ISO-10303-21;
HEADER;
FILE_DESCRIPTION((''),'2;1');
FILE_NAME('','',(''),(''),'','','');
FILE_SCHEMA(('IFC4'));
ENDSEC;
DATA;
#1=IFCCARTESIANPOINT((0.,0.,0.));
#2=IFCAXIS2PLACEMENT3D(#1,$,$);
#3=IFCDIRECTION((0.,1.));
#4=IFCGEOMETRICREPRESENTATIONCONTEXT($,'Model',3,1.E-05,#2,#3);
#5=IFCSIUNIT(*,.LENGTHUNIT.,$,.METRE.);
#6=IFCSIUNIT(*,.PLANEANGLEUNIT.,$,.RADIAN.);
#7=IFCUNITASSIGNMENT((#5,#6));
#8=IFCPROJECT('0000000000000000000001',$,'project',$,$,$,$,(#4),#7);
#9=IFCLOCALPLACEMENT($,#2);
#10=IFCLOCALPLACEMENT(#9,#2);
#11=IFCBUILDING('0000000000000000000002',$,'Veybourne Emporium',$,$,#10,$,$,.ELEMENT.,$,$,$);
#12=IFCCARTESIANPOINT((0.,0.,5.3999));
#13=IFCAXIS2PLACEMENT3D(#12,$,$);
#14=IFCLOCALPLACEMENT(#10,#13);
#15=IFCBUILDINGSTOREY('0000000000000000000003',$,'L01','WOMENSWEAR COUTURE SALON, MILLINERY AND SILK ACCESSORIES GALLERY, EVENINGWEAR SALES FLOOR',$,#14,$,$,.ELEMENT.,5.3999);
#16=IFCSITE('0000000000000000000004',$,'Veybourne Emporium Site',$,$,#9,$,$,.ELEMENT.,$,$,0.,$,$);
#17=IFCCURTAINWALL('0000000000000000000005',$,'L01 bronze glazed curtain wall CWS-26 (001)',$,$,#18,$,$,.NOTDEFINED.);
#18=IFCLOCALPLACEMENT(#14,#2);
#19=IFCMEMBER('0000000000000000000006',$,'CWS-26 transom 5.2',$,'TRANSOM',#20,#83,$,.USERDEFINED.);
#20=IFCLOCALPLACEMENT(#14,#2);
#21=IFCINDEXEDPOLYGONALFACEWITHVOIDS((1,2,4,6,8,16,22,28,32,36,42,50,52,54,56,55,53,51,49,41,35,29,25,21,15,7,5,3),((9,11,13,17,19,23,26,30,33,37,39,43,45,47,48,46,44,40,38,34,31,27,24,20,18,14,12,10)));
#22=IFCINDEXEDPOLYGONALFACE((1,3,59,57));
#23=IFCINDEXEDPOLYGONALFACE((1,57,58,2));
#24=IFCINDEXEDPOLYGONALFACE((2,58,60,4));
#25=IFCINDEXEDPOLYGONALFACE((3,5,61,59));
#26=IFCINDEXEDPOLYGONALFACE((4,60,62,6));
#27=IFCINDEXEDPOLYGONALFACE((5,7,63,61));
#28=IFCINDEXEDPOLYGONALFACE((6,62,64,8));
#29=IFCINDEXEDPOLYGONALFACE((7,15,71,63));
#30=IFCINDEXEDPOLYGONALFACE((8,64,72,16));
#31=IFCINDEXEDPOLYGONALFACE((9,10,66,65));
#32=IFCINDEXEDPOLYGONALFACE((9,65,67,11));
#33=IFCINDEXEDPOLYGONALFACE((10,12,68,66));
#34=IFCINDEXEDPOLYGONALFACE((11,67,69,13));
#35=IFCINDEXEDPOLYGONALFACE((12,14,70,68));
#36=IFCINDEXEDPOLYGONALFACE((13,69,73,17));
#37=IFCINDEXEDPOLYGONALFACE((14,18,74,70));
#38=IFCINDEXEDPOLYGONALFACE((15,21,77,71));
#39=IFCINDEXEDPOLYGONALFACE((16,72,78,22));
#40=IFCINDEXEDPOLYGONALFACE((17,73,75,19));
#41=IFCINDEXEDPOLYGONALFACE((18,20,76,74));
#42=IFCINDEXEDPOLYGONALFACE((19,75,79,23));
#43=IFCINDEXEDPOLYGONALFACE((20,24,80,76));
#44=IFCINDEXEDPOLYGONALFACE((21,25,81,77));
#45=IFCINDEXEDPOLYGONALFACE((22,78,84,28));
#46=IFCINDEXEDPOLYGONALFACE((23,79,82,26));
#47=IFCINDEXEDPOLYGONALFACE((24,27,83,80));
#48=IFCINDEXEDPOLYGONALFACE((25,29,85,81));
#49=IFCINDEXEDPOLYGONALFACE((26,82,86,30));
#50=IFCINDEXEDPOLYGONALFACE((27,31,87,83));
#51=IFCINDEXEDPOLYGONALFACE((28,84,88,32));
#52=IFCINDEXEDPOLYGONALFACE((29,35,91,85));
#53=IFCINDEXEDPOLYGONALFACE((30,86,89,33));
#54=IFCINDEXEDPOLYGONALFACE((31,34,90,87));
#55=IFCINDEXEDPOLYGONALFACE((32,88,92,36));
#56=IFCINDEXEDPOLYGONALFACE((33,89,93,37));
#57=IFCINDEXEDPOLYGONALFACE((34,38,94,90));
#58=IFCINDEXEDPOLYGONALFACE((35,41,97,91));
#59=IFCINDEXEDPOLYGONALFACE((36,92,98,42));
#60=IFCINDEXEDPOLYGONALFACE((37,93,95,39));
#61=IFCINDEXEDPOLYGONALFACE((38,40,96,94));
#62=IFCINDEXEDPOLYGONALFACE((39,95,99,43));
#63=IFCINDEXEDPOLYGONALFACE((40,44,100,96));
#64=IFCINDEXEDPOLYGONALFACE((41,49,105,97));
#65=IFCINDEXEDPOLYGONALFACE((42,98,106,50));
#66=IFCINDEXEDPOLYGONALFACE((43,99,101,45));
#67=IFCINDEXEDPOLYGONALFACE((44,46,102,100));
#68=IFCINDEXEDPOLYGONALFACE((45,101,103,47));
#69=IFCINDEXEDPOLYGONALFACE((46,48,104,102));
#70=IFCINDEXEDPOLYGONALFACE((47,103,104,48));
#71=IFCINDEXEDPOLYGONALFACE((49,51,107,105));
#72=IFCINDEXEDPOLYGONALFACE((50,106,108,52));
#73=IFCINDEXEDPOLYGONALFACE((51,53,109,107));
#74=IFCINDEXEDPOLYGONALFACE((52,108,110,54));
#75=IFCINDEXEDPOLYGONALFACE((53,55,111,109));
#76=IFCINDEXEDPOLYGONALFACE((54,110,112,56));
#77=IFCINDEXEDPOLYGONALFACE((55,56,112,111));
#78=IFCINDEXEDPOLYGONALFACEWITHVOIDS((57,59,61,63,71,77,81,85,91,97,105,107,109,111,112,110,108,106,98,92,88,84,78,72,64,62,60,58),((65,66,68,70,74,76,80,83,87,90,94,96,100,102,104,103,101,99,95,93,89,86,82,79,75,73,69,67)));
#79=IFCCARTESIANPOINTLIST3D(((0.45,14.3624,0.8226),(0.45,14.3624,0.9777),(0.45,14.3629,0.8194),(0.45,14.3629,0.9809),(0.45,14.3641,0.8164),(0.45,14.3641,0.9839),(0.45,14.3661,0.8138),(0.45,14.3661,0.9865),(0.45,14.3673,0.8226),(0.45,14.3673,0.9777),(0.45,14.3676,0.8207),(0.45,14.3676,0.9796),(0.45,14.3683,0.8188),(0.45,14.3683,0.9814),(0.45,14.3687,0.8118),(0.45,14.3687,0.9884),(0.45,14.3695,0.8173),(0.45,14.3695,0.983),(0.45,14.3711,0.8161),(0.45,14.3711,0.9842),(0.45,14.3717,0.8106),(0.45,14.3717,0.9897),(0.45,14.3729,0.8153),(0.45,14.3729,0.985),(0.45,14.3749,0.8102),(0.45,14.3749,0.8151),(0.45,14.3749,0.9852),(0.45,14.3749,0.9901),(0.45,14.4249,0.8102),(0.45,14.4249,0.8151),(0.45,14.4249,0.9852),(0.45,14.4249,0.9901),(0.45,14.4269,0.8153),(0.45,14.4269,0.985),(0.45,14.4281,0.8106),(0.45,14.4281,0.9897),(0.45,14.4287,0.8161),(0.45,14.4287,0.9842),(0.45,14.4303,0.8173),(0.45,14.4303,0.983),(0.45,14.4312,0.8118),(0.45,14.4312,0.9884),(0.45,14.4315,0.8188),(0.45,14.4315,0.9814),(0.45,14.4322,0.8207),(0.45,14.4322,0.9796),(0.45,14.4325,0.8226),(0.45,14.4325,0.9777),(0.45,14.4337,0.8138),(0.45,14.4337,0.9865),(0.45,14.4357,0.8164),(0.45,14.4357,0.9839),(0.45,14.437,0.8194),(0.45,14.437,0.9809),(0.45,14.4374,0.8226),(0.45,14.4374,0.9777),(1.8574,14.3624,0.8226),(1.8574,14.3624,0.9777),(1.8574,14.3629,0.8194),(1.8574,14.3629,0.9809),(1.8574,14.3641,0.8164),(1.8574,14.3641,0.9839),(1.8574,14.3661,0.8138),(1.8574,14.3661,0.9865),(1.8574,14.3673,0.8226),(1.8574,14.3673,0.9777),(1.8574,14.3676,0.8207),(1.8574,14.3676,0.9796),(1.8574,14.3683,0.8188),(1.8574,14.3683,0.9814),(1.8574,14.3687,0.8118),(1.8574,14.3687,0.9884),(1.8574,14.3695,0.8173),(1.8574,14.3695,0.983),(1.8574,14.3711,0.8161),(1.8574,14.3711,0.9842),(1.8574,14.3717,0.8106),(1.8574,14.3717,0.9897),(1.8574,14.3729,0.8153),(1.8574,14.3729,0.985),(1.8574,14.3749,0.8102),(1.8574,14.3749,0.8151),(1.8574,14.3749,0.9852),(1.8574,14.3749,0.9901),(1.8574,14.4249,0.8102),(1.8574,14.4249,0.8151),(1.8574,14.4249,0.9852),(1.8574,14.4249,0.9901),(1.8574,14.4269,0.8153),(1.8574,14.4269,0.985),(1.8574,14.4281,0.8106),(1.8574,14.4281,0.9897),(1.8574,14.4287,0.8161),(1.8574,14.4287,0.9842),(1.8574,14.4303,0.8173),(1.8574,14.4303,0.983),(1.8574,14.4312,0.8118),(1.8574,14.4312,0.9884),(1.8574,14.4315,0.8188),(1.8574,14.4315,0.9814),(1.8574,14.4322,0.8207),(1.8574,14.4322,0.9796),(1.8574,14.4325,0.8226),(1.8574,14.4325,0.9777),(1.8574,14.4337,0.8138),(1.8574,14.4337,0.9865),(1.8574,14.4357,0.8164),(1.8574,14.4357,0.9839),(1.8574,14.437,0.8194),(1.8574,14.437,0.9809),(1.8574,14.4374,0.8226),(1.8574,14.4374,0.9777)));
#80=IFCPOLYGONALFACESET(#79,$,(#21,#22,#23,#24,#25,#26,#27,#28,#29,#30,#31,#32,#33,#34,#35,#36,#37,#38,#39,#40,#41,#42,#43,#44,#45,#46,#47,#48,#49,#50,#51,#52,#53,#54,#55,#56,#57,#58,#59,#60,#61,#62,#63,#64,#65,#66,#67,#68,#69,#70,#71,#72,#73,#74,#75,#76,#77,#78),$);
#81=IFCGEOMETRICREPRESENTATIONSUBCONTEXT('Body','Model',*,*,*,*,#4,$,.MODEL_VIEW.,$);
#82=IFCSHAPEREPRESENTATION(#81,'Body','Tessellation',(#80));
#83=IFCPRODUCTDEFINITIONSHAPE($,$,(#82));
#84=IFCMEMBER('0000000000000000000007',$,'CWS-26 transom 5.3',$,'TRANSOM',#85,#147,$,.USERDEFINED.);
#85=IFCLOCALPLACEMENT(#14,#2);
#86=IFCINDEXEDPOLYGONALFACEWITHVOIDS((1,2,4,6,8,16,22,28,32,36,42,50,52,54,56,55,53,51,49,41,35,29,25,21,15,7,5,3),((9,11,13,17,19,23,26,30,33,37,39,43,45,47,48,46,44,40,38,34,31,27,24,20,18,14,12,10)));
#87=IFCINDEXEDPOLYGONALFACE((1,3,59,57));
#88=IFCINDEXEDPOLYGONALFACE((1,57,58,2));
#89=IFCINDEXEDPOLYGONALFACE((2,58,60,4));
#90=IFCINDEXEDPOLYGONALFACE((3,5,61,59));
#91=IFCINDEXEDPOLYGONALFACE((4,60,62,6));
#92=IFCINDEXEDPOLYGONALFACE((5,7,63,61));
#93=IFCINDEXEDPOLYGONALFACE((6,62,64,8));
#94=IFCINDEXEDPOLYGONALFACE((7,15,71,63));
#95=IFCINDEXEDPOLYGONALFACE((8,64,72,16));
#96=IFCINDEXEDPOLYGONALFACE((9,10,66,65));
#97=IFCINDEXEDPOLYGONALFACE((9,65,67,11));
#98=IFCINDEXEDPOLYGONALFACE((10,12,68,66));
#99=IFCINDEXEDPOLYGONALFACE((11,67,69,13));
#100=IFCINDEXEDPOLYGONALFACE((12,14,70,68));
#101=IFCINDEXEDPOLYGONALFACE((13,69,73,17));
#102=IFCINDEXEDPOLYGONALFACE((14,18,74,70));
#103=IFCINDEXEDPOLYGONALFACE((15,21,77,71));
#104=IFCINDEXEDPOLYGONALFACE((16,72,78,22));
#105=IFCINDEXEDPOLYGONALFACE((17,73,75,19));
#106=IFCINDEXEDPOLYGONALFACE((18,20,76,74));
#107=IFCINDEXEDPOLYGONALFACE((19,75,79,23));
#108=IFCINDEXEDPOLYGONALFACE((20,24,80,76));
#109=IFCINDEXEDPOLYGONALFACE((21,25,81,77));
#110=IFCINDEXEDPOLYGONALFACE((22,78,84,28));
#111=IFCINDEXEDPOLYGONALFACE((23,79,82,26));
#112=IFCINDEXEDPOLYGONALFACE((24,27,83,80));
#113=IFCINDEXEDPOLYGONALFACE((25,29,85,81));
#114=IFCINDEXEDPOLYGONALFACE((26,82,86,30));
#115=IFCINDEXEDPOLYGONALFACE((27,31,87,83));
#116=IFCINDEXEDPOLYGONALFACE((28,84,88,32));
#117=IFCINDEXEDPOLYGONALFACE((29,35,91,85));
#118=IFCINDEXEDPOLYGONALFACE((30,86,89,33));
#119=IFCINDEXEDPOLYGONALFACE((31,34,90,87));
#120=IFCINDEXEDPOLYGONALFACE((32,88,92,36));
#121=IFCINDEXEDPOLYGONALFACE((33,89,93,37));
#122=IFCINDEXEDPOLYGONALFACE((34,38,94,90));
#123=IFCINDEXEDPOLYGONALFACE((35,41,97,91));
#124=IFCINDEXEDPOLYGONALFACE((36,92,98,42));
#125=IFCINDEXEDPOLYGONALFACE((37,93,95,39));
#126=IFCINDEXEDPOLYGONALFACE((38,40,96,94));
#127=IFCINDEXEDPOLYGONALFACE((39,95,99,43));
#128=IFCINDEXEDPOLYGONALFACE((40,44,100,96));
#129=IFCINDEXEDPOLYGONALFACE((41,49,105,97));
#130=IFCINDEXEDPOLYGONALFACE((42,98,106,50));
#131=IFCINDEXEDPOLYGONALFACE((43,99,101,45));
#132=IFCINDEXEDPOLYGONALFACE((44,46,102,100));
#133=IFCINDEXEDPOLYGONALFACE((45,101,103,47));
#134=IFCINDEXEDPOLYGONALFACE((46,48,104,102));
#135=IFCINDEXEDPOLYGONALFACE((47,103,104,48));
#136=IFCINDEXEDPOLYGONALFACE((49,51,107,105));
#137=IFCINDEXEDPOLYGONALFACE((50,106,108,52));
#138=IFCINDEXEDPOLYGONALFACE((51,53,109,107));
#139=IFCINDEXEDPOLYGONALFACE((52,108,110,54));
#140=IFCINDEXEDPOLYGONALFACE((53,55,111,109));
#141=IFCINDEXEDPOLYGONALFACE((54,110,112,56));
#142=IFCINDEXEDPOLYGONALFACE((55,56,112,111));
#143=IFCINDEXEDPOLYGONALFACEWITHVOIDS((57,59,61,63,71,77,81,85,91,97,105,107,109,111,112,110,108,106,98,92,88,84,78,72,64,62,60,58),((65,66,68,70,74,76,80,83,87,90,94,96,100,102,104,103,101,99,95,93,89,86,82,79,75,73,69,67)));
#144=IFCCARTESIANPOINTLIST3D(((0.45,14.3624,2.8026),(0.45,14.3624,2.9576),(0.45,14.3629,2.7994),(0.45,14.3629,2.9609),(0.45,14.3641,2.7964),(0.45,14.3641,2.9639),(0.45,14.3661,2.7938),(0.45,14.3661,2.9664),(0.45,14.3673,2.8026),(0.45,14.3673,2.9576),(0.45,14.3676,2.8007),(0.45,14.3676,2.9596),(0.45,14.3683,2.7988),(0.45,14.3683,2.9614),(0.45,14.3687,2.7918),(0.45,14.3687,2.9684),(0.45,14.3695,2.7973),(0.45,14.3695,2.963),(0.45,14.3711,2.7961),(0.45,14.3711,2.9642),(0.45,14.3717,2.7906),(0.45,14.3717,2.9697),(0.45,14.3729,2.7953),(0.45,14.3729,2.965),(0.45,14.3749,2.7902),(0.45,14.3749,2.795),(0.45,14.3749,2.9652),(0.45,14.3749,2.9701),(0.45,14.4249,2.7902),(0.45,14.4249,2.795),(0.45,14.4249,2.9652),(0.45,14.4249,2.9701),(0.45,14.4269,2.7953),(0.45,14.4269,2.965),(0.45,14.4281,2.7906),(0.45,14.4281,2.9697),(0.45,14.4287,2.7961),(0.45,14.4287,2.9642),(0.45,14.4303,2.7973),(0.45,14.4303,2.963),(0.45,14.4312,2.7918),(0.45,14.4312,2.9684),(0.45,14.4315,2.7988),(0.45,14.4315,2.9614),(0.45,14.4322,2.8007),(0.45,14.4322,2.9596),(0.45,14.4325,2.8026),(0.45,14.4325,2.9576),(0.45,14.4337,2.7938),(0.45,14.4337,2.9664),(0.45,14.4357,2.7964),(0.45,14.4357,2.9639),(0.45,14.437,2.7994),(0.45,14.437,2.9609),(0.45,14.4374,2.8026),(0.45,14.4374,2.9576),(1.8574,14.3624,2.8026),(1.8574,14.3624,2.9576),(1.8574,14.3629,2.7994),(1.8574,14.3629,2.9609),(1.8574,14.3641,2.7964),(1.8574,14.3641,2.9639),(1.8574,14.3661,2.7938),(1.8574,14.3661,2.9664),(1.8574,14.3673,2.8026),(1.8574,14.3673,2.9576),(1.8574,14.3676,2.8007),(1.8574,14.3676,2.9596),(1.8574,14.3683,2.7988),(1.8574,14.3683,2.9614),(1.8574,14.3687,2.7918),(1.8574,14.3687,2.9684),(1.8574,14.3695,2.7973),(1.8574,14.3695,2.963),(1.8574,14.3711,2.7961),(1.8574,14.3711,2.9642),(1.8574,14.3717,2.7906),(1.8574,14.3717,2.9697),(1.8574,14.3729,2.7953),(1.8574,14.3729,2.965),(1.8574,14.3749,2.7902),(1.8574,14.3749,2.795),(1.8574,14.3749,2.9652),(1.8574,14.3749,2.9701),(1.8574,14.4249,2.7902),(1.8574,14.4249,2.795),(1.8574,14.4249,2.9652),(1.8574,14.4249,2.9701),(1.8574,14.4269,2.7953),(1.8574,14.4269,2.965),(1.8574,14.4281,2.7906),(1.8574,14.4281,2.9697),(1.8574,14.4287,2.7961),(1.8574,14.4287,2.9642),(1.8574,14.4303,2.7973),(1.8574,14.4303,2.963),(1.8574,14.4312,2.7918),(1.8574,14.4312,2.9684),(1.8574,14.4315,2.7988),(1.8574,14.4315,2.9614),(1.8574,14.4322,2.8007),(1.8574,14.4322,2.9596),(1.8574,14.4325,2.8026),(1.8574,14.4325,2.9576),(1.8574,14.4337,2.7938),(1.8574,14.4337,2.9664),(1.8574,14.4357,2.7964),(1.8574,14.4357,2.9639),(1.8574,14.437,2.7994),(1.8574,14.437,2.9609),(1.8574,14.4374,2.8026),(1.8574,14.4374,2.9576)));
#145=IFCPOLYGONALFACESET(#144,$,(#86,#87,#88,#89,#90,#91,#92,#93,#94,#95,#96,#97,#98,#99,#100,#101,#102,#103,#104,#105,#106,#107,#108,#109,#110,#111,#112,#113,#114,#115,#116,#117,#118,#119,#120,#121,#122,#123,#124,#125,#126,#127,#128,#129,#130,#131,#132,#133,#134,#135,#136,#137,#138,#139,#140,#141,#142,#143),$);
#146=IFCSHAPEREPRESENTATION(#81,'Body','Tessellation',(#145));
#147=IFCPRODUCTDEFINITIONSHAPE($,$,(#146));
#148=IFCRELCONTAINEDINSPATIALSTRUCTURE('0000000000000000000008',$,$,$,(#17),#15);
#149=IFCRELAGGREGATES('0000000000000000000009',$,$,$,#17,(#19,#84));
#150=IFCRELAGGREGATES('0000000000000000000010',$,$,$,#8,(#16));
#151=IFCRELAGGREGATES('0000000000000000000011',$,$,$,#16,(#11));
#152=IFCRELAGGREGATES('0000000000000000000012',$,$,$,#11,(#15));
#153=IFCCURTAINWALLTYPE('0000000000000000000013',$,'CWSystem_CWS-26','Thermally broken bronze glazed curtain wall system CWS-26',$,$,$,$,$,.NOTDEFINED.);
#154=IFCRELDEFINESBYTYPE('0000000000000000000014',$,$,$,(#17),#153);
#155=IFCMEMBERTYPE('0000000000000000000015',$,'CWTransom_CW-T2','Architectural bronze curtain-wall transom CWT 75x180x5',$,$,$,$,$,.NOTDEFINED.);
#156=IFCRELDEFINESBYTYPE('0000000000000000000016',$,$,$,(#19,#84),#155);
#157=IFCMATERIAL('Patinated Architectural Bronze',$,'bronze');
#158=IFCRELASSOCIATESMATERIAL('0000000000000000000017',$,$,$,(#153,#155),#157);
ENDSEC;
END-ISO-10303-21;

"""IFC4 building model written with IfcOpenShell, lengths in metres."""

from ifc_helpers import new_model, si_unit, direction, frame, origin, origin_2d, place, context, subcontext, project, spatial, hollow_rectangle, extrude, material, material_profile, profile_set, type_object, element, aggregate, save


model = new_model("IFC4")

# Units and contexts
model_context = context("Model", 3, precision=1e-05, world=origin(), true_north=direction((0.0, 1.0)))
body_context = subcontext(model_context, "Body", "Model", "MODEL_VIEW")
ifc_project = project(units=[si_unit("LENGTHUNIT", "METRE"), si_unit("PLANEANGLEUNIT", "RADIAN")], contexts=[model_context])

# Site, building, storey
site_placement = place(None, origin())
site = spatial("IfcSite", under=ifc_project, at=site_placement, Name="Veybourne Emporium Site", CompositionType="ELEMENT", RefElevation=0.0)
building_placement = place(site_placement, origin())
building = spatial("IfcBuilding", under=site, at=building_placement, Name="Veybourne Emporium", CompositionType="ELEMENT")
storey_placement = place(building_placement, frame((0.0, 0.0, 5.3999)))
storey = spatial("IfcBuildingStorey", under=building, at=storey_placement, Name="L01", Description="WOMENSWEAR COUTURE SALON, MILLINERY AND SILK ACCESSORIES GALLERY, EVENINGWEAR SALES FLOOR", CompositionType="ELEMENT", Elevation=5.3999)

# Curtain wall, members
ifc_material_1 = material(Name="Patinated Architectural Bronze", Category="bronze")
curtain_wall_type = type_object("IfcCurtainWallType", Name="CWSystem_CWS-26", Description="Thermally broken bronze glazed curtain wall system CWS-26", PredefinedType="NOTDEFINED", material=ifc_material_1)
curtain_wall_placement = place(storey_placement, origin())
curtain_wall = element("IfcCurtainWall", 1, at=curtain_wall_placement, inside=storey, type_object=curtain_wall_type, Name="L01 bronze glazed curtain wall CWS-26 (001)", PredefinedType="NOTDEFINED")
ifc_material_profile_1 = material_profile(ifc_material_1, hollow_rectangle(XDim=0.075, YDim=0.1799, WallThickness=0.0049, InnerFilletRadius=0.0076, OuterFilletRadius=0.0125, at=origin_2d()), Name="CWT 75x180x5")
ifc_profile_set_1 = profile_set([ifc_material_profile_1], Name="Patinated Architectural Bronze")
member_type_1 = type_object("IfcMemberType", Name="CWTransom_CW-T2", Description="Architectural bronze curtain-wall transom CWT 75x180x5", PredefinedType="NOTDEFINED", material=ifc_profile_set_1)
member_1_placement = place(storey_placement, frame((1.8574, 14.3999, 0.9001), z_axis=(-1.0, 0.0, 0.0), x_axis=(0.0, -1.0, 0.0)))
member_1 = element("IfcMember", 2, at=member_1_placement, type_object=member_type_1, Name="CWS-26 transom 5.2", ObjectType="TRANSOM", PredefinedType="USERDEFINED", context=body_context, shape_type="SweptSolid", body=[
    extrude(hollow_rectangle(XDim=0.075, YDim=0.1799, WallThickness=0.0049, InnerFilletRadius=0.0076, OuterFilletRadius=0.0125, at=origin_2d()), origin(), (0.0, 0.0, 1.0), 1.4075),
])
member_2_placement = place(storey_placement, frame((1.8574, 14.3999, 2.8801), z_axis=(-1.0, 0.0, 0.0), x_axis=(0.0, -1.0, 0.0)))
member_2 = element("IfcMember", 3, at=member_2_placement, type_object=member_type_1, Name="CWS-26 transom 5.3", ObjectType="TRANSOM", PredefinedType="USERDEFINED", context=body_context, shape_type="SweptSolid", body=[
    extrude(hollow_rectangle(XDim=0.075, YDim=0.1799, WallThickness=0.0049, InnerFilletRadius=0.0076, OuterFilletRadius=0.0125, at=origin_2d()), origin(), (0.0, 0.0, 1.0), 1.4075),
])

aggregate(curtain_wall, [member_1, member_2])

save(model, "model.ifc")
